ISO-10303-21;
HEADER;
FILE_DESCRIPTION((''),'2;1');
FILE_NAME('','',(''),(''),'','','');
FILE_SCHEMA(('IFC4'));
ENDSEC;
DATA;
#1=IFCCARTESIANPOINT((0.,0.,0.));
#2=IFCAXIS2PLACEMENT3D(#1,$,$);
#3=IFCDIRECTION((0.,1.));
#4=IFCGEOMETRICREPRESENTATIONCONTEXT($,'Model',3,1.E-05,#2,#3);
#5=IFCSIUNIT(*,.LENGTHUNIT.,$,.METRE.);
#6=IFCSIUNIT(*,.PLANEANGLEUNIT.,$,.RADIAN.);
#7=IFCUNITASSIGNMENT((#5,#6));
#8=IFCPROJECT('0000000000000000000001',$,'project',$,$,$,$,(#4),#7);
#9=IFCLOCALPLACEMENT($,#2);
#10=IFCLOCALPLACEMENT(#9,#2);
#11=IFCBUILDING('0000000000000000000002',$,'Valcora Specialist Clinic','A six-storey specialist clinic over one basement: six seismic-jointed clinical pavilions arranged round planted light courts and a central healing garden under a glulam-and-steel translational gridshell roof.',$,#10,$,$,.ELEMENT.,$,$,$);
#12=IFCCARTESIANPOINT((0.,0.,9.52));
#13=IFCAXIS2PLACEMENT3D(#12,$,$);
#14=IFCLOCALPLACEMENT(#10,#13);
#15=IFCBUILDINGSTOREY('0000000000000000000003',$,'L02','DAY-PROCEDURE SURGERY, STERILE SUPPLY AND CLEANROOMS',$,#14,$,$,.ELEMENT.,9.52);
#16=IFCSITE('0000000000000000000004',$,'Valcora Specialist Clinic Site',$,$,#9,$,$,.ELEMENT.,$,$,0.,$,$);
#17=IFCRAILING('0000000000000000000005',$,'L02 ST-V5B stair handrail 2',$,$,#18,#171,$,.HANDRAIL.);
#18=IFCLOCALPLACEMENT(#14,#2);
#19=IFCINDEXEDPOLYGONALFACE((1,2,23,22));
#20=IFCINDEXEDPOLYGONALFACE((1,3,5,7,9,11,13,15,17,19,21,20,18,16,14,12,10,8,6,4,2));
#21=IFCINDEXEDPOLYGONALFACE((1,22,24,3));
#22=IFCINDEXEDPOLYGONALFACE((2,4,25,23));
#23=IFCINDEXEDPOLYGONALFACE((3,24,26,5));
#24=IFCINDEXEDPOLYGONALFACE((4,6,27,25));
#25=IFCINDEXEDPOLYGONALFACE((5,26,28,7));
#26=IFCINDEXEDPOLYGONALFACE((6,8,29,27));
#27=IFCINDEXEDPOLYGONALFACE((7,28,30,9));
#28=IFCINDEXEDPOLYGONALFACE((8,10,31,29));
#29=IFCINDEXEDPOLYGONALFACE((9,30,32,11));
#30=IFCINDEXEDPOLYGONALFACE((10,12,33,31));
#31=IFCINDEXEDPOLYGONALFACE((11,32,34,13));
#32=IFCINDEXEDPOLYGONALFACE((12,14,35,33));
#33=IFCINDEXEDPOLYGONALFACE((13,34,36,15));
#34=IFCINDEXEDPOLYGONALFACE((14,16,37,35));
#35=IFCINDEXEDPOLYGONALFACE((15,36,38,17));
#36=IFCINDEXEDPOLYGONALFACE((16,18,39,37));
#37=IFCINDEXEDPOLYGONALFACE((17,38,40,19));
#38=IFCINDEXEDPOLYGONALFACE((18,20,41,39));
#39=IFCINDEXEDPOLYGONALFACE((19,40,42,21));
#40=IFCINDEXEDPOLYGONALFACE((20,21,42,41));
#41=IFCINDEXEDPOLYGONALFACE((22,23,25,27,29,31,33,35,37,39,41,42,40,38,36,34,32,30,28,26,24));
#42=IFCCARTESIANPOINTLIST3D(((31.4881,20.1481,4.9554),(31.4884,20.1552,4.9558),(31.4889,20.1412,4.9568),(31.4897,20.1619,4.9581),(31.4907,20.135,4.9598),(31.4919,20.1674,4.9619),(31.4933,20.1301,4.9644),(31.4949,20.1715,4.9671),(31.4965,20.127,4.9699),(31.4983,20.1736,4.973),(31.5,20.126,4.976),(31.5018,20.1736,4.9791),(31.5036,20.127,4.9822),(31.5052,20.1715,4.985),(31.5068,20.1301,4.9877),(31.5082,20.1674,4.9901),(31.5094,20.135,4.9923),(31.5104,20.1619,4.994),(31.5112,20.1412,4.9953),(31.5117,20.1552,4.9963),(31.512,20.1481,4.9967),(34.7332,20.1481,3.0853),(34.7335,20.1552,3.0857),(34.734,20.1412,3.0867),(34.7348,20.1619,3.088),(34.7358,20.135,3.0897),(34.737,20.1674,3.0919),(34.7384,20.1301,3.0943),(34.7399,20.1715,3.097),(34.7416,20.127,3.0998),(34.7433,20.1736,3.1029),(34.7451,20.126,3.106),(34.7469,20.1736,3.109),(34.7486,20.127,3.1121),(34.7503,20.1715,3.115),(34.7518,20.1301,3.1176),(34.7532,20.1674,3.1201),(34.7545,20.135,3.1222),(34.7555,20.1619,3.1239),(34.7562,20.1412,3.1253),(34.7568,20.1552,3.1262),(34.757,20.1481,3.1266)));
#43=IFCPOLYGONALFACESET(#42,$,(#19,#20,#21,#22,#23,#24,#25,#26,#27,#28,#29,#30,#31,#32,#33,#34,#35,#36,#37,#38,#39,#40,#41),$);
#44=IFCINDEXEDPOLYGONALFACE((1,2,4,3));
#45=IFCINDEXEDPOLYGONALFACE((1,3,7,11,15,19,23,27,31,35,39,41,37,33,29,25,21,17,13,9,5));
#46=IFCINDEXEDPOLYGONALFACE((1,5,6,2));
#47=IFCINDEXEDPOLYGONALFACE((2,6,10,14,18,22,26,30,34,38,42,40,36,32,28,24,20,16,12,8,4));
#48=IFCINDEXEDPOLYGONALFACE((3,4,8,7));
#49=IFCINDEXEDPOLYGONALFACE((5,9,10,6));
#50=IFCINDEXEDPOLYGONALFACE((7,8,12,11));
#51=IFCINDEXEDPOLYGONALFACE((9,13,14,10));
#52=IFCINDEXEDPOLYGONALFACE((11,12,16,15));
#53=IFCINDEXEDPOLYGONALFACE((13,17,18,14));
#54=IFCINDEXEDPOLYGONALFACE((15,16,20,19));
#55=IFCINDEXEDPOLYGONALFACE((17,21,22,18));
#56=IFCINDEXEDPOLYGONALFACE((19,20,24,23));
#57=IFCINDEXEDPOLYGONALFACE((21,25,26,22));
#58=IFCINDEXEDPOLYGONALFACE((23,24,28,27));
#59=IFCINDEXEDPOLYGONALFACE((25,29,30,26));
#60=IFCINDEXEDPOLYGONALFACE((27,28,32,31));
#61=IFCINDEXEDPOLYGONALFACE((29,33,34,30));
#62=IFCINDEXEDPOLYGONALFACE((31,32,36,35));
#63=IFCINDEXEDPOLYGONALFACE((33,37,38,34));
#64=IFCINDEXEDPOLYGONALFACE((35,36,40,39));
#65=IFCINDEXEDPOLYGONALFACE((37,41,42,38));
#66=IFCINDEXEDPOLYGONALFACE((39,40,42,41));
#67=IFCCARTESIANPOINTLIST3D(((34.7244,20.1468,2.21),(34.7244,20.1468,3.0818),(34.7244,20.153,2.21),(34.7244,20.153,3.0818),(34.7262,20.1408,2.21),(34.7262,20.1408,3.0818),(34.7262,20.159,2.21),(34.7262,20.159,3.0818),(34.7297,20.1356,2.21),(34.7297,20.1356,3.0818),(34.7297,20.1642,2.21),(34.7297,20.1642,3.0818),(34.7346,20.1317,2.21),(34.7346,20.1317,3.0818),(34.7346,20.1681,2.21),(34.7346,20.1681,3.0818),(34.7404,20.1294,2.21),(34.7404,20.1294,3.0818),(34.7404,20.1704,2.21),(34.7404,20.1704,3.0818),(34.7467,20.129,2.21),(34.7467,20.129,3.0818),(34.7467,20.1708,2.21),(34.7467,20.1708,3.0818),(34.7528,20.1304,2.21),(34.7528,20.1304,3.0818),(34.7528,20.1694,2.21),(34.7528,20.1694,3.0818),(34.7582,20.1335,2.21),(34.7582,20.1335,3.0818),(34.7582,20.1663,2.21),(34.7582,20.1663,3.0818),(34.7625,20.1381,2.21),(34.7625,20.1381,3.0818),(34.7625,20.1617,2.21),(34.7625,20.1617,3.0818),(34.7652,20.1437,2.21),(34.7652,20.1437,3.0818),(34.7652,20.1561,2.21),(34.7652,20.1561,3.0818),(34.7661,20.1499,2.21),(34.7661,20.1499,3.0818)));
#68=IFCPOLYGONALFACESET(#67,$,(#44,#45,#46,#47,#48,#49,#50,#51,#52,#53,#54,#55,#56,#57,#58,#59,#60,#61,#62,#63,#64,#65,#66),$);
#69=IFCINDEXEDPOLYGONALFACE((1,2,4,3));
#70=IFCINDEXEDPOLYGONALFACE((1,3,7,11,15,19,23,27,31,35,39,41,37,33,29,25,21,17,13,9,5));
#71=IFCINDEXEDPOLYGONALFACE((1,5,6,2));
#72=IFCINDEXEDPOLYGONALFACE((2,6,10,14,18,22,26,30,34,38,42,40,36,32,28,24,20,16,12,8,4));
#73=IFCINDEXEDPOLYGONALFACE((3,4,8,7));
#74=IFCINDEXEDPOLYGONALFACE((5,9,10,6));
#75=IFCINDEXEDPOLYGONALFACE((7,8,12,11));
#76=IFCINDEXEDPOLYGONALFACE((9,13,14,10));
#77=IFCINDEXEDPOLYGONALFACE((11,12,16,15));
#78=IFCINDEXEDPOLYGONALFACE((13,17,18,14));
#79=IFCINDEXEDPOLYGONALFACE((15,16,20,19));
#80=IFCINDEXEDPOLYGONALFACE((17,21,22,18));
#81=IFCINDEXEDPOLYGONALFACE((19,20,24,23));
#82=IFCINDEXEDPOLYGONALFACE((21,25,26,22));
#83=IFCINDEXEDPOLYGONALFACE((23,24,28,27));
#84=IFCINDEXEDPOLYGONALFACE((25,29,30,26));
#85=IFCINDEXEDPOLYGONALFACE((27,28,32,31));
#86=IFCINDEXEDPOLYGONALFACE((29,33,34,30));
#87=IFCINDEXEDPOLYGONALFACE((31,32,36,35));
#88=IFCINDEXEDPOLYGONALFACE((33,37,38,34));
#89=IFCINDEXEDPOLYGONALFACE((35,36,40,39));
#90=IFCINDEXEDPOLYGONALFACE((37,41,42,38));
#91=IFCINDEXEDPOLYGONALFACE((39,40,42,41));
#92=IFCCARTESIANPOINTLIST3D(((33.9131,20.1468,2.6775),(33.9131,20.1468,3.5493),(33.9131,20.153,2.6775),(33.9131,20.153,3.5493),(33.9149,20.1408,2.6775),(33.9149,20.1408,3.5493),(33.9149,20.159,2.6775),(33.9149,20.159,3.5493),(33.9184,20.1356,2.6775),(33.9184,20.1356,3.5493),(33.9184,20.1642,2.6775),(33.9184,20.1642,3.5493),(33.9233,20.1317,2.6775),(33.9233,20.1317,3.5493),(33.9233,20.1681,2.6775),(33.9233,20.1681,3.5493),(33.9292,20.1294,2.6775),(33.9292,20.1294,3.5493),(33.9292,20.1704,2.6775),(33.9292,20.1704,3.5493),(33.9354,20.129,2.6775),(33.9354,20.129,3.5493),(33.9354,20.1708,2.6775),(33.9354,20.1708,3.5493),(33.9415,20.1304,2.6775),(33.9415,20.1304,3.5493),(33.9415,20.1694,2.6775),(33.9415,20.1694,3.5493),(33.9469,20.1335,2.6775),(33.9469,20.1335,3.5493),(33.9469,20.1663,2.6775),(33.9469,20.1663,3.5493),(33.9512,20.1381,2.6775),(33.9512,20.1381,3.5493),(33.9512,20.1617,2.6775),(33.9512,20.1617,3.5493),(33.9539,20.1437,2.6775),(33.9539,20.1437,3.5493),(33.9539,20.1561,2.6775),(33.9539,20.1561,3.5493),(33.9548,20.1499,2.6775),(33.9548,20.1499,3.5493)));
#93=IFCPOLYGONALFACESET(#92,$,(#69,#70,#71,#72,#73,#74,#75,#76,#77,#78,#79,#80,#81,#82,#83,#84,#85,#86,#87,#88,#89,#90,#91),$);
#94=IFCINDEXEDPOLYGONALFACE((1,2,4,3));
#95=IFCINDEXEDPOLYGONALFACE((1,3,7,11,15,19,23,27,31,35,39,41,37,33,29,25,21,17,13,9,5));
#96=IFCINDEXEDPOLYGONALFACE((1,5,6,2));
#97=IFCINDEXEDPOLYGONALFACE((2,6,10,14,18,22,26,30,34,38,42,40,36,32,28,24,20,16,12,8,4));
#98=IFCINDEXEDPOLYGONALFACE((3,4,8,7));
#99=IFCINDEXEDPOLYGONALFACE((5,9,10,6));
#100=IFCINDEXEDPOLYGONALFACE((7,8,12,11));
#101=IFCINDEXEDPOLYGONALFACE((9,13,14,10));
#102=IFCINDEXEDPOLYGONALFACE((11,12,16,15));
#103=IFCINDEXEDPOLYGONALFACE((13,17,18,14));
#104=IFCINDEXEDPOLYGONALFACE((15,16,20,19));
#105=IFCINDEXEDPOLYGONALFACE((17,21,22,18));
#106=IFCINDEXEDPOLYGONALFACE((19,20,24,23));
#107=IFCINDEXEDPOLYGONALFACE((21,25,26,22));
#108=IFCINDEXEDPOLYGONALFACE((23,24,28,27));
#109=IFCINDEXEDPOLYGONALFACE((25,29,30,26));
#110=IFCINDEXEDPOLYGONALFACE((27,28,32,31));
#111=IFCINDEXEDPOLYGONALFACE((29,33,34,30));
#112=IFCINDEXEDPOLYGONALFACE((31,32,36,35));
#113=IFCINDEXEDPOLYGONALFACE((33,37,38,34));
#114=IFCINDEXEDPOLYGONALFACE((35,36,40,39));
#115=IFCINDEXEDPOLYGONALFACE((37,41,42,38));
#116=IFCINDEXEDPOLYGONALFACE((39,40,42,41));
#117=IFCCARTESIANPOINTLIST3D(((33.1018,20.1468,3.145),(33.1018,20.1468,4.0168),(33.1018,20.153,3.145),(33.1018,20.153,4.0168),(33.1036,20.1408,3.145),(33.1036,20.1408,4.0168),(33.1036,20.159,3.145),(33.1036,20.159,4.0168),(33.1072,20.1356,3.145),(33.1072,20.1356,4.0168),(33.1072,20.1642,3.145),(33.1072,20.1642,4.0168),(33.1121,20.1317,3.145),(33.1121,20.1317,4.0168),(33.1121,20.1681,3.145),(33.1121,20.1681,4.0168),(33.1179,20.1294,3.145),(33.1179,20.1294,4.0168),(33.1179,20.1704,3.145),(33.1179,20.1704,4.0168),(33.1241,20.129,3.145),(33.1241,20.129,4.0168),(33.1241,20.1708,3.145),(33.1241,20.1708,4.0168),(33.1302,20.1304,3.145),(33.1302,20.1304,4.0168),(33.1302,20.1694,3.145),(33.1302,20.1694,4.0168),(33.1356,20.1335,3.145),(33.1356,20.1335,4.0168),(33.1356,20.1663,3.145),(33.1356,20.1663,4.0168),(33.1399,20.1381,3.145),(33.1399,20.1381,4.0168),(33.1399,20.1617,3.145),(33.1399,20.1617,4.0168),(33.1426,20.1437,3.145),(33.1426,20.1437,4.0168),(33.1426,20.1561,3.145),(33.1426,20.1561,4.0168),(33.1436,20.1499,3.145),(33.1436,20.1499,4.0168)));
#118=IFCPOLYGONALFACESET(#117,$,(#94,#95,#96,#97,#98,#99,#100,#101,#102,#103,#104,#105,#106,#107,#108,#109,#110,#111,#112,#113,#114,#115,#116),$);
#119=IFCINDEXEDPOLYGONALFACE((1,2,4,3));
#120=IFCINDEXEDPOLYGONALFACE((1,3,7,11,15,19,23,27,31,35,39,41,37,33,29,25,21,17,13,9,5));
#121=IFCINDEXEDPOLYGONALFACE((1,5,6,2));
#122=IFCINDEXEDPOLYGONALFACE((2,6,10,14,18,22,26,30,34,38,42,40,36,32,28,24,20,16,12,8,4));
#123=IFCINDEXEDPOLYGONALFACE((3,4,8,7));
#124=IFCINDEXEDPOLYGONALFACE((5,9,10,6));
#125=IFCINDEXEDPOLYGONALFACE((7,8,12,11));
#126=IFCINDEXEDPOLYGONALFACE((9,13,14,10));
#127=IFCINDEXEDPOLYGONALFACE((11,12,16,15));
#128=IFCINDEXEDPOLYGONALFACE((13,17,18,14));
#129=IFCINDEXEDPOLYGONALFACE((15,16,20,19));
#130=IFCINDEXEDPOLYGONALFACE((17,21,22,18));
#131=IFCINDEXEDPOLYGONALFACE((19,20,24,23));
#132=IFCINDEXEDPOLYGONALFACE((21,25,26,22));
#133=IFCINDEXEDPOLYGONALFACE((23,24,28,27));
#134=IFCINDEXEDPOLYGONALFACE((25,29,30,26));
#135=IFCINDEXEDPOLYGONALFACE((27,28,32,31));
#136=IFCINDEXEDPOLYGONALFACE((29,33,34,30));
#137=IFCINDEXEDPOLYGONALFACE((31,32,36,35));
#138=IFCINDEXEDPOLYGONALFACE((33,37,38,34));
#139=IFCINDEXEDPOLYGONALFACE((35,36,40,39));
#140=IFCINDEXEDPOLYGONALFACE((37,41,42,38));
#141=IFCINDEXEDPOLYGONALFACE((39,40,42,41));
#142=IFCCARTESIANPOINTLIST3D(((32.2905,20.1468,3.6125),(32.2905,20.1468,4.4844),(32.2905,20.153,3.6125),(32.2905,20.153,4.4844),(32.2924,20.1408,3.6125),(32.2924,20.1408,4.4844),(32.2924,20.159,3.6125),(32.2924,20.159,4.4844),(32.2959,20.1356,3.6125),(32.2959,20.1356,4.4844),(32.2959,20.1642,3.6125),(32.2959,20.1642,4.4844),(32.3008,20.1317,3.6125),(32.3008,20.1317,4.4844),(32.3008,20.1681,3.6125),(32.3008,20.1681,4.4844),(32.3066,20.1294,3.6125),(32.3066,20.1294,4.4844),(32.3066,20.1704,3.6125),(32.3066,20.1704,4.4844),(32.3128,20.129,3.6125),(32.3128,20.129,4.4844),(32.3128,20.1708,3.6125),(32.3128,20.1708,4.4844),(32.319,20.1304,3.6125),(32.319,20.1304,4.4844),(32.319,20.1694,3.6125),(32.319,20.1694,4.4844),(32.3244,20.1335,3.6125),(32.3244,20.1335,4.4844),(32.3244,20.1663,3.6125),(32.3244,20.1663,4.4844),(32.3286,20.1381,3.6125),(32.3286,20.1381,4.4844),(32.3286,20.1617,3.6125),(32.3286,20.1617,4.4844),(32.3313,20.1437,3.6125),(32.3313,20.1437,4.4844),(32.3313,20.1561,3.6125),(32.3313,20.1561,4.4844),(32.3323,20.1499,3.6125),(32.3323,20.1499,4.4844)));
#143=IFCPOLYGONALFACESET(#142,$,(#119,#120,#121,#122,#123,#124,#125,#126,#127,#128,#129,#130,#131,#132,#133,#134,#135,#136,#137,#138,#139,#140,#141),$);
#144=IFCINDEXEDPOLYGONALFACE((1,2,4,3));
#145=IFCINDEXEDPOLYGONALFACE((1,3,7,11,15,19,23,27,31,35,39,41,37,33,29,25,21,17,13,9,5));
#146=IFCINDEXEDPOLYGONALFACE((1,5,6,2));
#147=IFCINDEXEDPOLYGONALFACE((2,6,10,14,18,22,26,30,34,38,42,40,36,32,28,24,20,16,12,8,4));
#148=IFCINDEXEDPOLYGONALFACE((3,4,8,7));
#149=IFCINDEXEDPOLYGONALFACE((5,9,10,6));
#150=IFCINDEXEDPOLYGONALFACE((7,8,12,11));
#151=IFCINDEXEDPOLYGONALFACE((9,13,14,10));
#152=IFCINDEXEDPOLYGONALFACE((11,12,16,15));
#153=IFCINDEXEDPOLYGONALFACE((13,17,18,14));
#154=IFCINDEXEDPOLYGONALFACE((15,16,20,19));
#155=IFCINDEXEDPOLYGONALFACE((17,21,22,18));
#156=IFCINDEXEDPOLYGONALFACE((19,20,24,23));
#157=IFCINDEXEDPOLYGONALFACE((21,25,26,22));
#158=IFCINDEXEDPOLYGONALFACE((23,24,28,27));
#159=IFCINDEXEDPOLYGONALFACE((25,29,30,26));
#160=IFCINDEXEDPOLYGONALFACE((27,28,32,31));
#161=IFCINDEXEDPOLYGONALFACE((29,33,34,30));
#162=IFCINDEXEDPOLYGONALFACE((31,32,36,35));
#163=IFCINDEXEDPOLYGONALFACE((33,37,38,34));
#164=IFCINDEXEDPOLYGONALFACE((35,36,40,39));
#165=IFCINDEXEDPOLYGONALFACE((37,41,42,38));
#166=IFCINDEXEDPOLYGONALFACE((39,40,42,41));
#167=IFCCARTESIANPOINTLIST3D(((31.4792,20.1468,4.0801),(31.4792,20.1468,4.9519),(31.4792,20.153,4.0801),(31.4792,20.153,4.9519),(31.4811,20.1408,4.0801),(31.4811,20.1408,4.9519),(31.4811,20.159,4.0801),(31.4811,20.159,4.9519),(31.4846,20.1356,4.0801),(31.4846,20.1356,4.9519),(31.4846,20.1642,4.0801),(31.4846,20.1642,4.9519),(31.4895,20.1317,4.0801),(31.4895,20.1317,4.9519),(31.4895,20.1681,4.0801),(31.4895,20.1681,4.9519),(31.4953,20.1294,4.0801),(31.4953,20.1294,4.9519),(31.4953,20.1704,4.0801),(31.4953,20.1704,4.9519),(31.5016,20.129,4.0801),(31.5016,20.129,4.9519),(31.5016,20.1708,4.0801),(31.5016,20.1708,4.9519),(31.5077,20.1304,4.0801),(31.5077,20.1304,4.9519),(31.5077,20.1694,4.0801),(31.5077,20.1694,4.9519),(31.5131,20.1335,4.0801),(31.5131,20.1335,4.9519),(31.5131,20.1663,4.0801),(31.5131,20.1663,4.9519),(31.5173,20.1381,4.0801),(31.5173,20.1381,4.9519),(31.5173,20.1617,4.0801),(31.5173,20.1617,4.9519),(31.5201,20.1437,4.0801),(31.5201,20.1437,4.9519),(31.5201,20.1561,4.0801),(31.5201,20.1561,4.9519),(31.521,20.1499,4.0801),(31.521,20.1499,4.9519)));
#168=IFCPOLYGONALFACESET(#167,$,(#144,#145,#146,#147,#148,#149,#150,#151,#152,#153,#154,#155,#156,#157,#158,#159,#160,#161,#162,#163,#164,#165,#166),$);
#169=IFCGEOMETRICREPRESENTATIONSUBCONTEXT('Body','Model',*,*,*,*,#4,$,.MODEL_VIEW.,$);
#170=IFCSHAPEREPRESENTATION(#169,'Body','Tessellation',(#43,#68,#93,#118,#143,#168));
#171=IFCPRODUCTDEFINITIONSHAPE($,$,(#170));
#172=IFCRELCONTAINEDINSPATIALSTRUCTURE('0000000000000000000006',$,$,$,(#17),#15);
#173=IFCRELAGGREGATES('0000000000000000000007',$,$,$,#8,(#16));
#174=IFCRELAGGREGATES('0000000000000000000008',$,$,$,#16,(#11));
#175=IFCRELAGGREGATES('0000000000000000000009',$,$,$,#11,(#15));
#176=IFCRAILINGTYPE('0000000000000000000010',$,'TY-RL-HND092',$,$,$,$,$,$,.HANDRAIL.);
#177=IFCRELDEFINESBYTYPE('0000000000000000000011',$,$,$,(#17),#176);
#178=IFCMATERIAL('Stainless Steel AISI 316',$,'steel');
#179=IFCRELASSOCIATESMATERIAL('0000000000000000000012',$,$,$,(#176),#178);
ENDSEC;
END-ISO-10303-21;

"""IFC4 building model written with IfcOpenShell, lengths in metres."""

from ifc_helpers import new_model, si_unit, direction, frame, origin, origin_2d, place, context, subcontext, project, spatial, circle, extrude, material, type_object, element, save


model = new_model("IFC4")

# Units and contexts
model_context = context("Model", 3, precision=1e-05, world=origin(), true_north=direction((0.0, 1.0)))
body_context = subcontext(model_context, "Body", "Model", "MODEL_VIEW")
ifc_project = project(units=[si_unit("LENGTHUNIT", "METRE"), si_unit("PLANEANGLEUNIT", "RADIAN")], contexts=[model_context])

# Site, building, storey
site_placement = place(None, origin())
site = spatial("IfcSite", under=ifc_project, at=site_placement, Name="Valcora Specialist Clinic Site", CompositionType="ELEMENT", RefElevation=0.0)
building_placement = place(site_placement, origin())
building = spatial("IfcBuilding", under=site, at=building_placement, Name="Valcora Specialist Clinic", Description="A six-storey specialist clinic over one basement: six seismic-jointed clinical pavilions arranged round planted light courts and a central healing garden under a glulam-and-steel translational gridshell roof.", CompositionType="ELEMENT")
storey_placement = place(building_placement, frame((0.0, 0.0, 9.52)))
storey = spatial("IfcBuildingStorey", under=building, at=storey_placement, Name="L02", Description="DAY-PROCEDURE SURGERY, STERILE SUPPLY AND CLEANROOMS", CompositionType="ELEMENT", Elevation=9.52)

# Shared definitions
ifc_material_1 = material(Name="Stainless Steel AISI 316", Category="steel")

# Railing
railing_type_1 = type_object("IfcRailingType", Name="TY-RL-HND092", PredefinedType="HANDRAIL", material=ifc_material_1)
railing_1_placement = place(storey_placement, frame((34.7451, 20.1499, 2.21)))
element("IfcRailing", 1, at=railing_1_placement, inside=storey, type_object=railing_type_1, Name="L02 ST-V5B stair handrail 2", PredefinedType="HANDRAIL", context=body_context, shape_type="SweptSolid", body=[
    extrude(circle(Radius=0.0239, at=origin_2d()), frame((0.0, 0.0, 0.896), z_axis=(-0.866424, 0.0, 0.499309), x_axis=(0.0, -1.0, 0.0)), (0.0, 0.0, 1.0), 3.7454),
    extrude(circle(Radius=0.021, at=origin_2d()), origin(), (0.0, 0.0, 1.0), 0.8718),
    extrude(circle(Radius=0.021, at=origin_2d()), frame((-0.8113, 0.0, 0.4675)), (0.0, 0.0, 1.0), 0.8718),
    extrude(circle(Radius=0.021, at=origin_2d()), frame((-1.6226, 0.0, 0.9351)), (0.0, 0.0, 1.0), 0.8718),
    extrude(circle(Radius=0.021, at=origin_2d()), frame((-2.4338, 0.0, 1.4026)), (0.0, 0.0, 1.0), 0.8718),
    extrude(circle(Radius=0.021, at=origin_2d()), frame((-3.2451, 0.0, 1.8701)), (0.0, 0.0, 1.0), 0.8718),
])

save(model, "model.ifc")
